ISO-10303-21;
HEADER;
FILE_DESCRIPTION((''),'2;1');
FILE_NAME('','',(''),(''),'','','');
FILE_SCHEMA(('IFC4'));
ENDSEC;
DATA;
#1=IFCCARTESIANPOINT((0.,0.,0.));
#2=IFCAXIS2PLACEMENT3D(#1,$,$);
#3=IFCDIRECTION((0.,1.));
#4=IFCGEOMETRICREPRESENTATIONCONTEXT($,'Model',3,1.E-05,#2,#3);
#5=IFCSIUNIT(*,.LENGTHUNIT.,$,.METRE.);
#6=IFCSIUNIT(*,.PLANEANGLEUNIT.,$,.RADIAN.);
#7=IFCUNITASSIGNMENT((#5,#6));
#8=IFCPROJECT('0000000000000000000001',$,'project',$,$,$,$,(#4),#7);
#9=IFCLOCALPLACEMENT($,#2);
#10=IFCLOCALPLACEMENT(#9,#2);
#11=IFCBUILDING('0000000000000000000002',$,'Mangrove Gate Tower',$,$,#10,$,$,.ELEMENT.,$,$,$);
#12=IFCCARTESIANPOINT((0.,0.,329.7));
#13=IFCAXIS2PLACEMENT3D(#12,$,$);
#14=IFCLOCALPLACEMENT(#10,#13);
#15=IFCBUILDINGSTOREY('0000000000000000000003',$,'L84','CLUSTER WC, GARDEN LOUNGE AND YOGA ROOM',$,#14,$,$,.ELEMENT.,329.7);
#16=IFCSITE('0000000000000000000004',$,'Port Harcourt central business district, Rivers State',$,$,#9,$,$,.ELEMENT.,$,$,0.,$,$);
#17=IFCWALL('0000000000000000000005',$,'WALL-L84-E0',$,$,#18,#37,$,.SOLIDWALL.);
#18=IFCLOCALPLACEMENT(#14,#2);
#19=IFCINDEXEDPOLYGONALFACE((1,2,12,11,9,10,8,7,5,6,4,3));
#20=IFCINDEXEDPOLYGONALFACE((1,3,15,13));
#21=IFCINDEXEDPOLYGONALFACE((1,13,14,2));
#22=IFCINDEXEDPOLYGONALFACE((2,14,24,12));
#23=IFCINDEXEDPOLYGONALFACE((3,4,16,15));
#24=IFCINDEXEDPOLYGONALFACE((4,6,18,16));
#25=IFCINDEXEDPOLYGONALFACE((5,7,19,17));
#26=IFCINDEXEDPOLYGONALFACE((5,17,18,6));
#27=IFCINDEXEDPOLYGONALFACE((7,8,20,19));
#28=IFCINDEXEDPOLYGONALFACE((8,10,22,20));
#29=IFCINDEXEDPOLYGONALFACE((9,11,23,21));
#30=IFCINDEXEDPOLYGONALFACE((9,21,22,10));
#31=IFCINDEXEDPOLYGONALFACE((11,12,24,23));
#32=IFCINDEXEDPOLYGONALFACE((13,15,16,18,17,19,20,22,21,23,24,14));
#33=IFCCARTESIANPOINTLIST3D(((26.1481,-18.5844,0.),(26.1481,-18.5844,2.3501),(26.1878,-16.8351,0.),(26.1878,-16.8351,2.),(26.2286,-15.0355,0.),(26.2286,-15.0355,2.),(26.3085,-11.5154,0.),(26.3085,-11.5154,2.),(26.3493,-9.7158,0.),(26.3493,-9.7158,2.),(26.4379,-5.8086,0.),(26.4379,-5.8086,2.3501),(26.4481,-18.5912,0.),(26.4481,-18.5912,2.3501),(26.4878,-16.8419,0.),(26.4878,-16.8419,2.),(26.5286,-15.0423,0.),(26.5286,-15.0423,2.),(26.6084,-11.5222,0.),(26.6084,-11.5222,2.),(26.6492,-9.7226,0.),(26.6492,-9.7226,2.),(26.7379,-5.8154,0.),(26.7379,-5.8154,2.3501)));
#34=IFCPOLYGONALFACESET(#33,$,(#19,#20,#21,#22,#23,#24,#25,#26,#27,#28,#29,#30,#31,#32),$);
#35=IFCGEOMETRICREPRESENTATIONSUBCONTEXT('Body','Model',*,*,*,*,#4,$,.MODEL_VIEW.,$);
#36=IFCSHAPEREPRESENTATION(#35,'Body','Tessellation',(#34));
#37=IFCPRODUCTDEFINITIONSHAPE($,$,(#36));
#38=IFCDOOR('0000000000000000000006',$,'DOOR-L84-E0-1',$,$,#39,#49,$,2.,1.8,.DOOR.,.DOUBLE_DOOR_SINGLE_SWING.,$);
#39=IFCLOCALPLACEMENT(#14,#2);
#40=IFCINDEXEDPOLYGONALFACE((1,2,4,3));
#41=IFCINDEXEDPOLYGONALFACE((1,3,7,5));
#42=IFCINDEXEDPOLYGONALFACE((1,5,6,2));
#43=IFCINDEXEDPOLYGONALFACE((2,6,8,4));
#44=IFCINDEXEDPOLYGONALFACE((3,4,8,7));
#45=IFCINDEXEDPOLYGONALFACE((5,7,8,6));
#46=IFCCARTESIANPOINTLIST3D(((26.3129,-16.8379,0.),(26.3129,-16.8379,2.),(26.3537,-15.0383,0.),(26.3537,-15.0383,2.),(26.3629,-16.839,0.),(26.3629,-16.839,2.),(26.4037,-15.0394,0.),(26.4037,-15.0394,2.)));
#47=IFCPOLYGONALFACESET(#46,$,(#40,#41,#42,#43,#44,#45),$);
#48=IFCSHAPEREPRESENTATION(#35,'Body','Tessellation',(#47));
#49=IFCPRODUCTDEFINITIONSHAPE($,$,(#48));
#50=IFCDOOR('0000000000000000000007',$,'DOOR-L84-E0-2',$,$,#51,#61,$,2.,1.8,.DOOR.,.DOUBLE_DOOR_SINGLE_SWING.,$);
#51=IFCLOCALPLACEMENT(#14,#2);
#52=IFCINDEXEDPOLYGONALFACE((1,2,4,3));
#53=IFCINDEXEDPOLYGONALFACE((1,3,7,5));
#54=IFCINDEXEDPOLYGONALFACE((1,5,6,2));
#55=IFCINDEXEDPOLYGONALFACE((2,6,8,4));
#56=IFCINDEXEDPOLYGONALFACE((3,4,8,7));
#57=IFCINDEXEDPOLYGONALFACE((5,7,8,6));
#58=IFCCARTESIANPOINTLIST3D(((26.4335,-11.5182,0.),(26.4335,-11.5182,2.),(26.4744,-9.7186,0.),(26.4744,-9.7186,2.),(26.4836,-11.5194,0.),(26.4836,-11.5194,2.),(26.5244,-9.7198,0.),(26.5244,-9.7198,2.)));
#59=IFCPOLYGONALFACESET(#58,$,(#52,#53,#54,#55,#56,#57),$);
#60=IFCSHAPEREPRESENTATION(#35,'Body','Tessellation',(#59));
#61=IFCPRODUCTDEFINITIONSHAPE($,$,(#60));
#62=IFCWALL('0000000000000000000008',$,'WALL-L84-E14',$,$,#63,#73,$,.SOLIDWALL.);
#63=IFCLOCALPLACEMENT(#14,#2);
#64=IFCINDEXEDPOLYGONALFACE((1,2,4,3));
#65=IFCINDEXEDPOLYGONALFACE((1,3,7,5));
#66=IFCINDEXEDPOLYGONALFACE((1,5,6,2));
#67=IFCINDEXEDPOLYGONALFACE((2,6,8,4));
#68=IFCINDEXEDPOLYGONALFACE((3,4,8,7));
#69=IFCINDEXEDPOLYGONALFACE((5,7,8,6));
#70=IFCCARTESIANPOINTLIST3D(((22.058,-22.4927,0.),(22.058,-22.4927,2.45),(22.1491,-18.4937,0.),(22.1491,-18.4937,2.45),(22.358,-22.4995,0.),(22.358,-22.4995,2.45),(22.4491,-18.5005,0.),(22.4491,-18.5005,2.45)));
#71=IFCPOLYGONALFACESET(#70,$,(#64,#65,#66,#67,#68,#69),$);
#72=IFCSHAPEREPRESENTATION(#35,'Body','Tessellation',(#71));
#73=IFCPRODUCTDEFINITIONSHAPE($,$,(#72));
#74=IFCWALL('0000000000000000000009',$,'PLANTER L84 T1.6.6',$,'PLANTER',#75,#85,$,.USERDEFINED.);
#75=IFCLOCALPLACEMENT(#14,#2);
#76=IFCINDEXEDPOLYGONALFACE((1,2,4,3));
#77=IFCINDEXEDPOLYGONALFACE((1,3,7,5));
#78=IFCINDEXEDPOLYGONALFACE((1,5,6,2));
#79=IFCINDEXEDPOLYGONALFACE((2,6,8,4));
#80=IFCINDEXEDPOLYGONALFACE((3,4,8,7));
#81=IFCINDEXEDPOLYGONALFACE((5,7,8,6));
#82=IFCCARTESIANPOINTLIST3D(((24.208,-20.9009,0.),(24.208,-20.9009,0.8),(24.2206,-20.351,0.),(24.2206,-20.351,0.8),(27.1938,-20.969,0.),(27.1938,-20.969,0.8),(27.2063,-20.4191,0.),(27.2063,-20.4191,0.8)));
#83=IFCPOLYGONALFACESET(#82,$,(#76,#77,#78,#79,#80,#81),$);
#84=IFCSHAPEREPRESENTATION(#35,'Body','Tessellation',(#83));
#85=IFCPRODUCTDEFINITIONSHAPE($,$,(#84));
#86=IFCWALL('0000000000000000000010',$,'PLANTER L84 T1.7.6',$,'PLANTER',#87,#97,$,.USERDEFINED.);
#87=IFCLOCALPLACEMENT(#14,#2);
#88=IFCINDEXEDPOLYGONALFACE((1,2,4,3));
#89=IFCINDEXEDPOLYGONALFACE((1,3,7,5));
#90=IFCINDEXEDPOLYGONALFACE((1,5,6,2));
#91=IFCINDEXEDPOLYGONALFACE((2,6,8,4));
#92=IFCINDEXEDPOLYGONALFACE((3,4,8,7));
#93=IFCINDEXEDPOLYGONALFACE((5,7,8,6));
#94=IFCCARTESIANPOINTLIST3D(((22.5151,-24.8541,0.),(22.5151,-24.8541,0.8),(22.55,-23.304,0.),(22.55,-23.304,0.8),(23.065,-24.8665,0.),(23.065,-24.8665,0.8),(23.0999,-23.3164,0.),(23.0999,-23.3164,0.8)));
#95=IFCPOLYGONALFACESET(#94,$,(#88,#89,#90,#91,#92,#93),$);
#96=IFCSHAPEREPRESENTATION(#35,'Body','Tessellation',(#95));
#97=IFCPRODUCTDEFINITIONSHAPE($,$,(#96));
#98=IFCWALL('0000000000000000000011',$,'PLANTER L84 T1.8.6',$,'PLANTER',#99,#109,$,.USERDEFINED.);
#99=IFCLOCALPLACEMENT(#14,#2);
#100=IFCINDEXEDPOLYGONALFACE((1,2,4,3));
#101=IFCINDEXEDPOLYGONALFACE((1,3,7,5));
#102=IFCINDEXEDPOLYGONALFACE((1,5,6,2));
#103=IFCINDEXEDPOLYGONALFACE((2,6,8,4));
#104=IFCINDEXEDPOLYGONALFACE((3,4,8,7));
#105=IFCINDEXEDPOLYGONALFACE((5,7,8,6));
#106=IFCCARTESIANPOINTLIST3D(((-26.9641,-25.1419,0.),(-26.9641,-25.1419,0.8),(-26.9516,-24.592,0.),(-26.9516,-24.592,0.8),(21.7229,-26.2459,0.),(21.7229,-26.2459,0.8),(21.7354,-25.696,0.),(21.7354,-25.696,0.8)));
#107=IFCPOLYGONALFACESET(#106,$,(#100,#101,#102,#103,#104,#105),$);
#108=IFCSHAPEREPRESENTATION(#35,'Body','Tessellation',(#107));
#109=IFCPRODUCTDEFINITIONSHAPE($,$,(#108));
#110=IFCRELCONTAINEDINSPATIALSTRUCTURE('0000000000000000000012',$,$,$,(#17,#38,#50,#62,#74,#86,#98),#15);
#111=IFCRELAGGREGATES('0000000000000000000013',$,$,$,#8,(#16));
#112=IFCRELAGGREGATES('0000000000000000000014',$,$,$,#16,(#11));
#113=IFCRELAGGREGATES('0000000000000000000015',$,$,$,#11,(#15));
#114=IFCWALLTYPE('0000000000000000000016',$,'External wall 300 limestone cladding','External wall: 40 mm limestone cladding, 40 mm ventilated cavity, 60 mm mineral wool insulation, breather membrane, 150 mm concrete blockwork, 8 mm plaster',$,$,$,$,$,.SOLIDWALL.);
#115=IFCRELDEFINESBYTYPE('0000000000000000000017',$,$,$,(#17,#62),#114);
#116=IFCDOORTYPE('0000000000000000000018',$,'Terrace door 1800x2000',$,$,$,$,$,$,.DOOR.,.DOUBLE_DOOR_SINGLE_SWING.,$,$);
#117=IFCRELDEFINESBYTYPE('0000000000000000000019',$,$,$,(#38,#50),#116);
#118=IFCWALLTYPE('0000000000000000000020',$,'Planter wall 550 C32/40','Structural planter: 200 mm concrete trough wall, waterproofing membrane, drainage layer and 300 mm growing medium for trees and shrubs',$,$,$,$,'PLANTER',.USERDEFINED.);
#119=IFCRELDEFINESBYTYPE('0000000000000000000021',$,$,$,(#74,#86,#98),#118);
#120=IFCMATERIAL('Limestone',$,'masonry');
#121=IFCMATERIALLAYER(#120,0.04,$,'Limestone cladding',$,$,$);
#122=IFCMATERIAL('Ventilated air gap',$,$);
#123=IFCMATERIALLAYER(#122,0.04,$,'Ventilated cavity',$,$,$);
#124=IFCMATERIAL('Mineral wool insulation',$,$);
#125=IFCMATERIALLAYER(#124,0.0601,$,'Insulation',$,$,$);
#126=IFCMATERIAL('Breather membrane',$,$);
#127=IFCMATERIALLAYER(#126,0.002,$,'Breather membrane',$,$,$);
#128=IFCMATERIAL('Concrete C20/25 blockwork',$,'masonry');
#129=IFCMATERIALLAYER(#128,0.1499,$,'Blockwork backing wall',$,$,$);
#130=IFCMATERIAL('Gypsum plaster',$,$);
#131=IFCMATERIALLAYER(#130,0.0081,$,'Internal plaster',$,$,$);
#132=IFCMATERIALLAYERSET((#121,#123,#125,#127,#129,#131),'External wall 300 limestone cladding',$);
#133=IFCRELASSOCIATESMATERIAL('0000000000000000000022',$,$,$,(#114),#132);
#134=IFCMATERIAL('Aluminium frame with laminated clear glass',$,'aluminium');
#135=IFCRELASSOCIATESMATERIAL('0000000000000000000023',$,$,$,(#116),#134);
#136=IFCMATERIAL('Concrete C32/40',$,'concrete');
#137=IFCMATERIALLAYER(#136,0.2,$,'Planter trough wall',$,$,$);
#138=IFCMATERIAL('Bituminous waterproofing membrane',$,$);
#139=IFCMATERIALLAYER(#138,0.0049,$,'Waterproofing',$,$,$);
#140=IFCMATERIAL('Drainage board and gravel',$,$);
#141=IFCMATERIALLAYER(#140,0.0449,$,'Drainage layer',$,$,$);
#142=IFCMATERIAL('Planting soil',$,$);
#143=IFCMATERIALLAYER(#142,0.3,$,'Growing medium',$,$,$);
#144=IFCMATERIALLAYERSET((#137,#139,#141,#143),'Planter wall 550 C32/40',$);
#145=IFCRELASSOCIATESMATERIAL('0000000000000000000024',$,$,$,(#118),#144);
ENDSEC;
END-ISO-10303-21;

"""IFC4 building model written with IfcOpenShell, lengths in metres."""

from ifc_helpers import new_model, si_unit, direction, frame, frame_2d, origin, place, context, subcontext, project, spatial, rectangle, extrude, material, layer, layer_set, type_object, element, fill, save


model = new_model("IFC4")

# Units and contexts
model_context = context("Model", 3, precision=1e-05, world=origin(), true_north=direction((0.0, 1.0)))
body_context = subcontext(model_context, "Body", "Model", "MODEL_VIEW")
ifc_project = project(units=[si_unit("LENGTHUNIT", "METRE"), si_unit("PLANEANGLEUNIT", "RADIAN")], contexts=[model_context])

# Site, building, storey
site_placement = place(None, origin())
site = spatial("IfcSite", under=ifc_project, at=site_placement, Name="Port Harcourt central business district, Rivers State", CompositionType="ELEMENT", RefElevation=0.0)
building_placement = place(site_placement, origin())
building = spatial("IfcBuilding", under=site, at=building_placement, Name="Mangrove Gate Tower", CompositionType="ELEMENT")
storey_placement = place(building_placement, frame((0.0, 0.0, 329.7)))
storey = spatial("IfcBuildingStorey", under=building, at=storey_placement, Name="L84", Description="CLUSTER WC, GARDEN LOUNGE AND YOGA ROOM", CompositionType="ELEMENT", Elevation=329.7)

# Wall, openings, doors
ifc_material_1 = material(Name="Limestone", Category="masonry")
ifc_layer_1 = layer(ifc_material_1, 0.04, Name="Limestone cladding")
ifc_material_2 = material(Name="Ventilated air gap")
ifc_layer_2 = layer(ifc_material_2, 0.04, Name="Ventilated cavity")
ifc_material_3 = material(Name="Mineral wool insulation")
ifc_layer_3 = layer(ifc_material_3, 0.0601, Name="Insulation")
ifc_material_4 = material(Name="Breather membrane")
ifc_layer_4 = layer(ifc_material_4, 0.002, Name="Breather membrane")
ifc_material_5 = material(Name="Concrete C20/25 blockwork", Category="masonry")
ifc_layer_5 = layer(ifc_material_5, 0.1499, Name="Blockwork backing wall")
ifc_material_6 = material(Name="Gypsum plaster")
ifc_layer_6 = layer(ifc_material_6, 0.0081, Name="Internal plaster")
ifc_layer_set_1 = layer_set([ifc_layer_1, ifc_layer_2, ifc_layer_3, ifc_layer_4, ifc_layer_5, ifc_layer_6], Name="External wall 300 limestone cladding")
wall_type_1 = type_object("IfcWallType", Name="External wall 300 limestone cladding", Description="External wall: 40 mm limestone cladding, 40 mm ventilated cavity, 60 mm mineral wool insulation, breather membrane, 150 mm concrete blockwork, 8 mm plaster", PredefinedType="SOLIDWALL", material=ifc_layer_set_1)
wall_1_placement = place(storey_placement, frame((26.2981, -18.5879, 0.0), z_axis=(0.0, 0.0, 1.0), x_axis=(0.022677, 0.999743, 0.0)))
wall_1 = element("IfcWall", 1, at=wall_1_placement, inside=storey, type_object=wall_type_1, Name="WALL-L84-E0", PredefinedType="SOLIDWALL", context=body_context, shape_type="SweptSolid", body=[
    extrude(rectangle(XDim=12.7791, YDim=0.3, at=frame_2d((6.3896, 0.0))), origin(), (0.0, 0.0, 1.0), 2.3501),
])
opening_1_placement = place(wall_1_placement, frame((1.75, 0.0, 0.0)))
opening_1 = element("IfcOpeningElement", 2, at=opening_1_placement, cuts=wall_1, PredefinedType="OPENING", context=body_context, shape_type="SweptSolid", body=[
    extrude(rectangle(XDim=1.8, YDim=2.0, at=frame_2d((0.8999, 1.0))), frame((0.0, 0.1599, 0.0), z_axis=(0.0, -1.0, 0.0), x_axis=(1.0, 0.0, 0.0)), (0.0, 0.0, 1.0), 0.3201),
])
opening_2_placement = place(wall_1_placement, frame((7.071, 0.0, 0.0)))
opening_2 = element("IfcOpeningElement", 3, at=opening_2_placement, cuts=wall_1, PredefinedType="OPENING", context=body_context, shape_type="SweptSolid", body=[
    extrude(rectangle(XDim=1.8, YDim=2.0, at=frame_2d((0.8999, 1.0))), frame((0.0, 0.1599, 0.0), z_axis=(0.0, -1.0, 0.0), x_axis=(1.0, 0.0, 0.0)), (0.0, 0.0, 1.0), 0.3201),
])
ifc_material_7 = material(Name="Aluminium frame with laminated clear glass", Category="aluminium")
door_type = type_object("IfcDoorType", Name="Terrace door 1800x2000", OperationType="DOUBLE_DOOR_SINGLE_SWING", PredefinedType="DOOR", material=ifc_material_7)
door_1_placement = place(opening_1_placement, origin())
door_1 = element("IfcDoor", 4, at=door_1_placement, inside=storey, type_object=door_type, Name="DOOR-L84-E0-1", OperationType="DOUBLE_DOOR_SINGLE_SWING", OverallHeight=2.0, OverallWidth=1.8, PredefinedType="DOOR", context=body_context, shape_type="SweptSolid", body=[
    extrude(rectangle(XDim=1.8, YDim=2.0, at=frame_2d((0.8999, 1.0))), frame((0.0, 0.0249, 0.0), z_axis=(0.0, -1.0, 0.0), x_axis=(1.0, 0.0, 0.0)), (0.0, 0.0, 1.0), 0.05),
])
fill(opening_1, door_1)
door_2_placement = place(opening_2_placement, origin())
door_2 = element("IfcDoor", 5, at=door_2_placement, inside=storey, type_object=door_type, Name="DOOR-L84-E0-2", OperationType="DOUBLE_DOOR_SINGLE_SWING", OverallHeight=2.0, OverallWidth=1.8, PredefinedType="DOOR", context=body_context, shape_type="SweptSolid", body=[
    extrude(rectangle(XDim=1.8, YDim=2.0, at=frame_2d((0.8999, 1.0))), frame((0.0, 0.0249, 0.0), z_axis=(0.0, -1.0, 0.0), x_axis=(1.0, 0.0, 0.0)), (0.0, 0.0, 1.0), 0.05),
])
fill(opening_2, door_2)

# Walls
wall_2_placement = place(storey_placement, frame((22.208, -22.4961, 0.0), z_axis=(0.0, 0.0, 1.0), x_axis=(0.022766, 0.999741, 0.0)))
element("IfcWall", 6, at=wall_2_placement, inside=storey, type_object=wall_type_1, Name="WALL-L84-E14", PredefinedType="SOLIDWALL", context=body_context, shape_type="SweptSolid", body=[
    extrude(rectangle(XDim=4.0, YDim=0.3, at=frame_2d((2.0, 0.0))), origin(), (0.0, 0.0, 1.0), 2.45),
])
ifc_material_8 = material(Name="Concrete C32/40", Category="concrete")
ifc_layer_7 = layer(ifc_material_8, 0.2, Name="Planter trough wall")
ifc_material_9 = material(Name="Bituminous waterproofing membrane")
ifc_layer_8 = layer(ifc_material_9, 0.0049, Name="Waterproofing")
ifc_material_10 = material(Name="Drainage board and gravel")
ifc_layer_9 = layer(ifc_material_10, 0.0449, Name="Drainage layer")
ifc_material_11 = material(Name="Planting soil")
ifc_layer_10 = layer(ifc_material_11, 0.3, Name="Growing medium")
ifc_layer_set_2 = layer_set([ifc_layer_7, ifc_layer_8, ifc_layer_9, ifc_layer_10], Name="Planter wall 550 C32/40")
wall_type_2 = type_object("IfcWallType", Name="Planter wall 550 C32/40", Description="Structural planter: 200 mm concrete trough wall, waterproofing membrane, drainage layer and 300 mm growing medium for trees and shrubs", ElementType="PLANTER", PredefinedType="USERDEFINED", material=ifc_layer_set_2)
wall_3_placement = place(storey_placement, frame((27.2, -20.6941, 0.0), z_axis=(0.0, 0.0, 1.0), x_axis=(-0.99974, 0.022807, 0.0)))
element("IfcWall", 7, at=wall_3_placement, inside=storey, type_object=wall_type_2, Name="PLANTER L84 T1.6.6", ObjectType="PLANTER", PredefinedType="USERDEFINED", context=body_context, shape_type="SweptSolid", body=[
    extrude(rectangle(XDim=2.9866, YDim=0.55, at=frame_2d((1.4932, 0.0))), origin(), (0.0, 0.0, 1.0), 0.8),
])
wall_4_placement = place(storey_placement, frame((22.825, -23.3101, 0.0), z_axis=(0.0, 0.0, 1.0), x_axis=(-0.022518, -0.999746, 0.0)))
element("IfcWall", 8, at=wall_4_placement, inside=storey, type_object=wall_type_2, Name="PLANTER L84 T1.7.6", ObjectType="PLANTER", PredefinedType="USERDEFINED", context=body_context, shape_type="SweptSolid", body=[
    extrude(rectangle(XDim=1.5505, YDim=0.55, at=frame_2d((0.7754, 0.0))), origin(), (0.0, 0.0, 1.0), 0.8),
])
wall_5_placement = place(storey_placement, frame((21.729, -25.9709, 0.0), z_axis=(0.0, 0.0, 1.0), x_axis=(-0.999743, 0.02267, 0.0)))
element("IfcWall", 9, at=wall_5_placement, inside=storey, type_object=wall_type_2, Name="PLANTER L84 T1.8.6", ObjectType="PLANTER", PredefinedType="USERDEFINED", context=body_context, shape_type="SweptSolid", body=[
    extrude(rectangle(XDim=48.6995, YDim=0.55, at=frame_2d((24.3496, 0.0))), origin(), (0.0, 0.0, 1.0), 0.8),
])

save(model, "model.ifc")
